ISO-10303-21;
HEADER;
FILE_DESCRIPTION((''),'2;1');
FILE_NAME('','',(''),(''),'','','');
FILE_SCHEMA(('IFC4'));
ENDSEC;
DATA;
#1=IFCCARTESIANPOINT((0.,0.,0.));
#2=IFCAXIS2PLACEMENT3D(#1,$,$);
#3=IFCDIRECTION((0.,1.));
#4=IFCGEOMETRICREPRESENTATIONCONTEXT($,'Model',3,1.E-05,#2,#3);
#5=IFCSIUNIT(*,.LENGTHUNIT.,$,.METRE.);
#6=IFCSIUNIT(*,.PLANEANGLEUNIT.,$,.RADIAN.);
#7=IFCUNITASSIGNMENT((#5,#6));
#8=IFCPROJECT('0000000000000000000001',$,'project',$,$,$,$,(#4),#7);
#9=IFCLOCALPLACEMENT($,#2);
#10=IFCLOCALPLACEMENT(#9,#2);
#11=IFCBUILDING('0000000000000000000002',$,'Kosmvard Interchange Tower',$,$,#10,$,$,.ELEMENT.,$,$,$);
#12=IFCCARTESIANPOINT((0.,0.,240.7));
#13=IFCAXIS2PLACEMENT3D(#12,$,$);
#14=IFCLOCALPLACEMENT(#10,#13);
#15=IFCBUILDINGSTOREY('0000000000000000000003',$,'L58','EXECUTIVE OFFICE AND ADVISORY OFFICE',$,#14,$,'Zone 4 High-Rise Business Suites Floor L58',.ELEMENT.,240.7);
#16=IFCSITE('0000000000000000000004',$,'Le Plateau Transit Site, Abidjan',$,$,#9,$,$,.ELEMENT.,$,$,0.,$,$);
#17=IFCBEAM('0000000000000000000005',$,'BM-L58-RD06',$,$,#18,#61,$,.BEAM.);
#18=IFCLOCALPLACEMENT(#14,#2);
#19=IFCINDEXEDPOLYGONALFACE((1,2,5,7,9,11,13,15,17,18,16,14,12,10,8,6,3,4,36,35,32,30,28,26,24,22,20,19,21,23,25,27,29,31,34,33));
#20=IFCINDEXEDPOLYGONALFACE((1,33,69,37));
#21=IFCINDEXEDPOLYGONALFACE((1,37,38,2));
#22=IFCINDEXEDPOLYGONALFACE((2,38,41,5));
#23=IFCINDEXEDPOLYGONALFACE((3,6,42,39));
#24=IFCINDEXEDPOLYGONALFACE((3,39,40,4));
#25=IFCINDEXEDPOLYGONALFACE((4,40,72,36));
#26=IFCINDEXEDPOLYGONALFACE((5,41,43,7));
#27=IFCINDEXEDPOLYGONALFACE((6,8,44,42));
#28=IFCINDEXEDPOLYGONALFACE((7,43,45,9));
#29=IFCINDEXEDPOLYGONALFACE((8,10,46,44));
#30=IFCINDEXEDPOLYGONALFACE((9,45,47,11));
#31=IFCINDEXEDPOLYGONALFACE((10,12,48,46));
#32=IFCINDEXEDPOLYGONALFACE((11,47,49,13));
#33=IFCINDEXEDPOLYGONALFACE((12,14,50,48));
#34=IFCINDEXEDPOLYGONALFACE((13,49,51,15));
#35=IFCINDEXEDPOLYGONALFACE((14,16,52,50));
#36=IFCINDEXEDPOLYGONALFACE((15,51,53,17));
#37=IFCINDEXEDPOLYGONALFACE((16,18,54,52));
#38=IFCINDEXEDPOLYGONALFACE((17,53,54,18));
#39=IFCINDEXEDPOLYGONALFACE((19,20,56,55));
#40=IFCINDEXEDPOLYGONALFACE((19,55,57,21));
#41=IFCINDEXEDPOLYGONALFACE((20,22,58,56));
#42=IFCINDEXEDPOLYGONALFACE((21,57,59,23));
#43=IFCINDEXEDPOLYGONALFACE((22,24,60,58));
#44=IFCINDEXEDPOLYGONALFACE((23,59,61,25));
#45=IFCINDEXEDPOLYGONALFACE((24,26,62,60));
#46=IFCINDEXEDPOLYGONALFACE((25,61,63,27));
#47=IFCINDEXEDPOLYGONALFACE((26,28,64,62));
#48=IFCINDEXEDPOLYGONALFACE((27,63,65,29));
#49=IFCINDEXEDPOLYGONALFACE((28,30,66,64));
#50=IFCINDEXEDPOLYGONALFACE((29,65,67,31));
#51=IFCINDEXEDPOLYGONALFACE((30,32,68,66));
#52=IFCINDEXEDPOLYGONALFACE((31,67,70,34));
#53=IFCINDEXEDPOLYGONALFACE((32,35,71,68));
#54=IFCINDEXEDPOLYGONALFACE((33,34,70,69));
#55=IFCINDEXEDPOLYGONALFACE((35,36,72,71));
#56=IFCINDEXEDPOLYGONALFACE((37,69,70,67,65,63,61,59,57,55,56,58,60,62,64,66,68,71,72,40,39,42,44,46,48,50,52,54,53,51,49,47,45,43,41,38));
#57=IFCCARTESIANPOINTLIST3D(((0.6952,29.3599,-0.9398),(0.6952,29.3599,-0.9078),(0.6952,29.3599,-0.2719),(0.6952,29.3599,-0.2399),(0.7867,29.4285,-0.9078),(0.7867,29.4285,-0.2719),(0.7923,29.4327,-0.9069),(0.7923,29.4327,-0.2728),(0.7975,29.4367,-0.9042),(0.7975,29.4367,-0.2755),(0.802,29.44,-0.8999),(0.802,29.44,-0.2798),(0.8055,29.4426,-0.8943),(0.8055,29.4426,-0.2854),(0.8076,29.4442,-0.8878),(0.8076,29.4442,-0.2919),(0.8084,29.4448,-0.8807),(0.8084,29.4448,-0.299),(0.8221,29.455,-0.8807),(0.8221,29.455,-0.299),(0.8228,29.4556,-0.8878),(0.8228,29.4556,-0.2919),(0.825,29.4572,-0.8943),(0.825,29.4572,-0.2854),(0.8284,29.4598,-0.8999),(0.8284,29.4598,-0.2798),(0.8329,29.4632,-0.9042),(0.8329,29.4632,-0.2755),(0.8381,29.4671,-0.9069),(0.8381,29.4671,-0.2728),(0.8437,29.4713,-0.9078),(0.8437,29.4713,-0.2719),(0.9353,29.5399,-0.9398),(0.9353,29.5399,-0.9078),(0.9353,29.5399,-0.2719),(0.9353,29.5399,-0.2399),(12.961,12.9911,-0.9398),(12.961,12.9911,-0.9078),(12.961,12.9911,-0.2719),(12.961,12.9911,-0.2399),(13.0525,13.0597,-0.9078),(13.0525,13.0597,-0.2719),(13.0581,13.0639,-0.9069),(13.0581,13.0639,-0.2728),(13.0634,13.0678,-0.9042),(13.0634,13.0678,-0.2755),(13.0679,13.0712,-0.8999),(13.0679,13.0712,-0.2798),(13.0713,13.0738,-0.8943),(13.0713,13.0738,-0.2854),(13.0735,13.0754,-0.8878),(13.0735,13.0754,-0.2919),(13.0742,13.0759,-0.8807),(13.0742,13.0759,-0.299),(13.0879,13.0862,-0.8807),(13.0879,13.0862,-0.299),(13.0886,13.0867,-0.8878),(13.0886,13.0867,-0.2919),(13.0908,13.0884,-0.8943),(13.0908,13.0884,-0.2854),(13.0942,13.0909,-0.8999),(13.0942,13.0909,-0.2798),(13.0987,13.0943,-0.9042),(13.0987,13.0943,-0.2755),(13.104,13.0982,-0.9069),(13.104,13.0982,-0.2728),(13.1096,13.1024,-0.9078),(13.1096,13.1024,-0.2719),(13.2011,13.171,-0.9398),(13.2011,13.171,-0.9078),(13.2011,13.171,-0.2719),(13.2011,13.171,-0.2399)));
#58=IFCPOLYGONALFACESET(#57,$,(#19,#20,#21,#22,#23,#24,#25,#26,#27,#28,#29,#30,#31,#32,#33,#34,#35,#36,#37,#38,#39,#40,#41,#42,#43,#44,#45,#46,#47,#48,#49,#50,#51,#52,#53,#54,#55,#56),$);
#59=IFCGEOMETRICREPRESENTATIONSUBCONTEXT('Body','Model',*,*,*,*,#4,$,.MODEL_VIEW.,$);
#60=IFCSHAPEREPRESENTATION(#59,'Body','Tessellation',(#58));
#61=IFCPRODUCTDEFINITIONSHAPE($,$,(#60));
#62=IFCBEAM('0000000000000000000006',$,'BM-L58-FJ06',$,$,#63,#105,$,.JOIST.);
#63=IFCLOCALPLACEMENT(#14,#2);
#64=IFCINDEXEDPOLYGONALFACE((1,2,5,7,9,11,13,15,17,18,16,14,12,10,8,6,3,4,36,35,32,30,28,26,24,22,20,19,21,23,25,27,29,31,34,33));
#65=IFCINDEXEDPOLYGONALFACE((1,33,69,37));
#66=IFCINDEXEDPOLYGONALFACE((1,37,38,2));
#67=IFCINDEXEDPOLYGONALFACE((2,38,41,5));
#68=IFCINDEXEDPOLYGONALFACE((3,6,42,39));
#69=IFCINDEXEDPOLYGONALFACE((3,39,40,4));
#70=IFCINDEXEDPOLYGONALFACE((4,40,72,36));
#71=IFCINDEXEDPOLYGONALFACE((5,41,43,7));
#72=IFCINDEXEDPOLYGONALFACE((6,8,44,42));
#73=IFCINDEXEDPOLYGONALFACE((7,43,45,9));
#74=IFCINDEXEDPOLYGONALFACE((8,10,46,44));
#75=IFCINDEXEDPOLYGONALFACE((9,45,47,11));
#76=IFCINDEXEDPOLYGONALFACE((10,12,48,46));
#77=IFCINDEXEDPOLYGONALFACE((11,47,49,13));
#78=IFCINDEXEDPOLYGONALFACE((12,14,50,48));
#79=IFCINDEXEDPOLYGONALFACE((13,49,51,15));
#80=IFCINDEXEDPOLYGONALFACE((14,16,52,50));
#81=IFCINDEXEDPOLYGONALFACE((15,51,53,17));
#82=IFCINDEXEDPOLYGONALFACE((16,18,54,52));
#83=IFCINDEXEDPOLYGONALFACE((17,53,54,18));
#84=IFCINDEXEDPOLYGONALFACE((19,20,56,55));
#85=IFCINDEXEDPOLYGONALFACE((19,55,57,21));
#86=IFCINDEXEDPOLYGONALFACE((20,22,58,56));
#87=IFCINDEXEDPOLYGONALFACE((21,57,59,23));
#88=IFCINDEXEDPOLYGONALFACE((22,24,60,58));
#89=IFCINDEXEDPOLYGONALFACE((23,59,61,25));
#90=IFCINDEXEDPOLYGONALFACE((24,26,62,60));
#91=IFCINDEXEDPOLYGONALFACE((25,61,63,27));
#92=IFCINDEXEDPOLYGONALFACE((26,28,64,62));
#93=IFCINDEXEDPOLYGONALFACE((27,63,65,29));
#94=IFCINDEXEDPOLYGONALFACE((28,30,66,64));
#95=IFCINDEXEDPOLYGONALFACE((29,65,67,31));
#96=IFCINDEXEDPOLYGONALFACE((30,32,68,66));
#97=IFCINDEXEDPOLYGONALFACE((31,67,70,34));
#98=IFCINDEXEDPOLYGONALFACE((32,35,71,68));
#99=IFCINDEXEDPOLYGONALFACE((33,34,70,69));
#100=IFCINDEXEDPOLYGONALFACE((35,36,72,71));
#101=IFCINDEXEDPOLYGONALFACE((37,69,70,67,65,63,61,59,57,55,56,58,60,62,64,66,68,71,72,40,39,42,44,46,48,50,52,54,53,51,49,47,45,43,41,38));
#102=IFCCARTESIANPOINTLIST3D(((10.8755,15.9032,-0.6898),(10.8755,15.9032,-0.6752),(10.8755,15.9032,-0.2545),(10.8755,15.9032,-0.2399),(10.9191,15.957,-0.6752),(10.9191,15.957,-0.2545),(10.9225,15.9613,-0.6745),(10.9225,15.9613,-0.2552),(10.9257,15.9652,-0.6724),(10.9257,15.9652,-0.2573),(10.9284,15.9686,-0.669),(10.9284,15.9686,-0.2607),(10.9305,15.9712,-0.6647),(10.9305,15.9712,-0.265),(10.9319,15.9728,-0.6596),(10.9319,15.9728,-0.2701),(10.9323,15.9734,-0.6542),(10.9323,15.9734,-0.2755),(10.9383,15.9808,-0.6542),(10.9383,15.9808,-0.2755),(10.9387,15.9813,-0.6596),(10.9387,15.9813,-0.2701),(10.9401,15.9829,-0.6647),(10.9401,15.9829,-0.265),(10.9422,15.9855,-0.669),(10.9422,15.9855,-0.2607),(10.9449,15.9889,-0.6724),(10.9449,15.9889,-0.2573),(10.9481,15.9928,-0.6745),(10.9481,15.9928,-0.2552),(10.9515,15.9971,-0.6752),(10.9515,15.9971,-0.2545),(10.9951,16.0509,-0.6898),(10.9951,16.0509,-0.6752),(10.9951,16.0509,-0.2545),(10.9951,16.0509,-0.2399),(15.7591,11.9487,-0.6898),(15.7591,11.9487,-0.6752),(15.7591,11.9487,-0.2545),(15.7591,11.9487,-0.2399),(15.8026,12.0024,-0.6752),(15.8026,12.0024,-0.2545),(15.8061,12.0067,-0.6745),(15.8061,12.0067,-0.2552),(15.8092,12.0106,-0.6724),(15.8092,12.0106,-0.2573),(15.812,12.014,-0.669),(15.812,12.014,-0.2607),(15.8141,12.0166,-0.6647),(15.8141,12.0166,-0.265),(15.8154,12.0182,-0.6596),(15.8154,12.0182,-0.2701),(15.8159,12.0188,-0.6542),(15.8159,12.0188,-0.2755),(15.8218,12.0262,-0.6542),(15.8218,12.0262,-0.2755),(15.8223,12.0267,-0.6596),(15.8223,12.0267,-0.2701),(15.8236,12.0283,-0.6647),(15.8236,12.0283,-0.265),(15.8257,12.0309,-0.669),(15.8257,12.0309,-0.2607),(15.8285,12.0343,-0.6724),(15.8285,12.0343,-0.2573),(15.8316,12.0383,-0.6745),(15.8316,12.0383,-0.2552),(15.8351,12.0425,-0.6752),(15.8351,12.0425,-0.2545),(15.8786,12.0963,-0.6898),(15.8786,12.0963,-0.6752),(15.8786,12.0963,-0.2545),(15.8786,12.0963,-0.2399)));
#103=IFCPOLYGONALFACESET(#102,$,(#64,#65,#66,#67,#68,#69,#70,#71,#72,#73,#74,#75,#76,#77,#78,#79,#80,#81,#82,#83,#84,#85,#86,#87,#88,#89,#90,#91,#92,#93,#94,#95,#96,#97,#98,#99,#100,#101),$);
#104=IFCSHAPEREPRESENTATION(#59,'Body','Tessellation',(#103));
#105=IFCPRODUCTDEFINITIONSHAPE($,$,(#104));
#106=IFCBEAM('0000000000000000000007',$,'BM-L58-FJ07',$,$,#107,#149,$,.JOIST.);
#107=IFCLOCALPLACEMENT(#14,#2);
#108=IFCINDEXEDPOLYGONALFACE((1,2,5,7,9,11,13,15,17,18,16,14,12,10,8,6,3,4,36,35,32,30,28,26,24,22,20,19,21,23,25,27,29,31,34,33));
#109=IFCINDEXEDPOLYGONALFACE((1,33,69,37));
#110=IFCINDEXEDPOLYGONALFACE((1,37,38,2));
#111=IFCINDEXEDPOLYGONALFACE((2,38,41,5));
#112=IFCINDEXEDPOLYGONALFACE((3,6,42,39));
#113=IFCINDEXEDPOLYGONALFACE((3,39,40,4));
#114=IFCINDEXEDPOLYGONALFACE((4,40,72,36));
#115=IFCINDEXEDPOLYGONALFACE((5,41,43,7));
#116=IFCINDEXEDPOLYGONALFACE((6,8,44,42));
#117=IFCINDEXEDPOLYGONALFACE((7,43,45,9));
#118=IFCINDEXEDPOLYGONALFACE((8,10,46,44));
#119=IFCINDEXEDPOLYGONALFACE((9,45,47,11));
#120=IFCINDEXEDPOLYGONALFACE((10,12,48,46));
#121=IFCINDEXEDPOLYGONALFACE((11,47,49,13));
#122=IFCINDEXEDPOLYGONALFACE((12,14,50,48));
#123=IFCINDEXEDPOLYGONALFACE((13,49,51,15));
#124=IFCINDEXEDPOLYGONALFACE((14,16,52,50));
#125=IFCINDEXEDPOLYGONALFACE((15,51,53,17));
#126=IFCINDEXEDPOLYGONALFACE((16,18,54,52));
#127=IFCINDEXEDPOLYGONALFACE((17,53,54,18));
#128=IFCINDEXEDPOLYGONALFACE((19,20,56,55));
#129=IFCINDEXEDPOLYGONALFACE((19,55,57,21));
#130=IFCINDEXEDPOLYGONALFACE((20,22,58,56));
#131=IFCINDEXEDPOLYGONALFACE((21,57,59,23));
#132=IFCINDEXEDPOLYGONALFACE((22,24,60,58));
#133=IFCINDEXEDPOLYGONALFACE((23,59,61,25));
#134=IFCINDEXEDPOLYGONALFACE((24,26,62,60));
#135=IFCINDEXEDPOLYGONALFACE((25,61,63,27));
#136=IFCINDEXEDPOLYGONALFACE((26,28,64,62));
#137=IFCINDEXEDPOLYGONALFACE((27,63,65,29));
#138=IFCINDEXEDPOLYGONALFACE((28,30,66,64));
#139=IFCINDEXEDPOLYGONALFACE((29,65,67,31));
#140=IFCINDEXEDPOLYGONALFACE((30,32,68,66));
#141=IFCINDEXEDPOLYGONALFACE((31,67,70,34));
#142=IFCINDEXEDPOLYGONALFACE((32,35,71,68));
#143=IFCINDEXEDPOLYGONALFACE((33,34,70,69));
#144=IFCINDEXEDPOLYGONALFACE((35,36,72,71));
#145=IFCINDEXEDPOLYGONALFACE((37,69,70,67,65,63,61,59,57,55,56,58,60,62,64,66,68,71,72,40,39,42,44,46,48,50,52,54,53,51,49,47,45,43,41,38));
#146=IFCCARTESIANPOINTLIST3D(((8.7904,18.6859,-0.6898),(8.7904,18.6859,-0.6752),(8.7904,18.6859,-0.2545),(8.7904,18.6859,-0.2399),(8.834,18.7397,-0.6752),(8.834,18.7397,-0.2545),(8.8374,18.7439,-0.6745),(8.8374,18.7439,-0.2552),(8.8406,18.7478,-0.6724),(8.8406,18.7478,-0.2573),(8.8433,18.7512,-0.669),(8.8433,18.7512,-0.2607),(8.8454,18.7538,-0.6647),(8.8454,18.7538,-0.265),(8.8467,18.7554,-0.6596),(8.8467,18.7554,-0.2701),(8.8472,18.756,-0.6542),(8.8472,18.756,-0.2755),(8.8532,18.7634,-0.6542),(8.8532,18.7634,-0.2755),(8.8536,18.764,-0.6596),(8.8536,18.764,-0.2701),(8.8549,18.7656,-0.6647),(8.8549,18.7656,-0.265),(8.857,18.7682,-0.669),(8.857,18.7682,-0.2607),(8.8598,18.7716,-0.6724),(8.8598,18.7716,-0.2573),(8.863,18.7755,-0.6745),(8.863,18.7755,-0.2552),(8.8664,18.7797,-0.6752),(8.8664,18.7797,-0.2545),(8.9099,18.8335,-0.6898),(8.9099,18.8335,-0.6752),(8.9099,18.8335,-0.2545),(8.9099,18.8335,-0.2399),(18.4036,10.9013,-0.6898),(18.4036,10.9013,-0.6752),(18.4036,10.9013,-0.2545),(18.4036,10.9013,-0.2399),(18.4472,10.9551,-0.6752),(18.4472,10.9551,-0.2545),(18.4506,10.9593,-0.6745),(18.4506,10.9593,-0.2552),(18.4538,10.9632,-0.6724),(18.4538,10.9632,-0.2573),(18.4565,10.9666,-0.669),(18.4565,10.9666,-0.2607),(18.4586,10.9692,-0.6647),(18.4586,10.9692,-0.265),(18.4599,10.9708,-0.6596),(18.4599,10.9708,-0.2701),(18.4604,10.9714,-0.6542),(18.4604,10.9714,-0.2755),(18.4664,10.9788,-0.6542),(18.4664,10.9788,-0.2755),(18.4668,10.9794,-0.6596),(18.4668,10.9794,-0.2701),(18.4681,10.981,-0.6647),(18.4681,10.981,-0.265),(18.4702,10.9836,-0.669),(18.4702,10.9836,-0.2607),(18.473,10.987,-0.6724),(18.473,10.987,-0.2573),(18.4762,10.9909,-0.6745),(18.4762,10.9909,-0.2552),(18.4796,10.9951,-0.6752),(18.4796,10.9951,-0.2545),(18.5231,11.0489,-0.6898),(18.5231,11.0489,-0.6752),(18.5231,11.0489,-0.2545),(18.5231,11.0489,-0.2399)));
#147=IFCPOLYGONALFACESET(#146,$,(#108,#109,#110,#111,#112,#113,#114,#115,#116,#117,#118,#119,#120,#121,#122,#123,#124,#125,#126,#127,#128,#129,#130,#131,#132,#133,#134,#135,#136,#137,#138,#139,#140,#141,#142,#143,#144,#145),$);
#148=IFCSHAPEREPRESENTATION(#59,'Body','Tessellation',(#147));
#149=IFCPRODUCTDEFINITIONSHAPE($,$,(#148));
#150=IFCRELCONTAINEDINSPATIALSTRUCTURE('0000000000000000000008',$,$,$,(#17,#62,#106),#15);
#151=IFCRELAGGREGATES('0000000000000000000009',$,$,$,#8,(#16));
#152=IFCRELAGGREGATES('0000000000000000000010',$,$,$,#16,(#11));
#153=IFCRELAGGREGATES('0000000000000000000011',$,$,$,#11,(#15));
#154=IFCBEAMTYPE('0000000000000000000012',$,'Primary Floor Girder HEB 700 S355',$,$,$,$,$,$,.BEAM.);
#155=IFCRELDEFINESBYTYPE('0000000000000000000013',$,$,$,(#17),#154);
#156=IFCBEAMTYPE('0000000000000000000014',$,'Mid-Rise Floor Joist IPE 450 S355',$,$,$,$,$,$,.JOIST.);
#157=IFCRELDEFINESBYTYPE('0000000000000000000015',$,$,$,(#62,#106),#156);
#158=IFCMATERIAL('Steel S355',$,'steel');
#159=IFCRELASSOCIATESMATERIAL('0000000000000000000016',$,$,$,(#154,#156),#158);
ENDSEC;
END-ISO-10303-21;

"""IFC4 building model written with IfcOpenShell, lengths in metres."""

from ifc_helpers import new_model, si_unit, direction, frame, origin, origin_2d, place, context, subcontext, project, spatial, i_section, extrude, source, transform, mapped, material, material_profile, profile_set, type_object, element, save


model = new_model("IFC4")

# Units and contexts
model_context = context("Model", 3, precision=1e-05, world=origin(), true_north=direction((0.0, 1.0)))
body_context = subcontext(model_context, "Body", "Model", "MODEL_VIEW")
ifc_project = project(units=[si_unit("LENGTHUNIT", "METRE"), si_unit("PLANEANGLEUNIT", "RADIAN")], contexts=[model_context])

# Site, building, storey
site_placement = place(None, origin())
site = spatial("IfcSite", under=ifc_project, at=site_placement, Name="Le Plateau Transit Site, Abidjan", CompositionType="ELEMENT", RefElevation=0.0)
building_placement = place(site_placement, origin())
building = spatial("IfcBuilding", under=site, at=building_placement, Name="Kosmvard Interchange Tower", CompositionType="ELEMENT")
storey_placement = place(building_placement, frame((0.0, 0.0, 240.7)))
storey = spatial("IfcBuildingStorey", under=building, at=storey_placement, Name="L58", Description="EXECUTIVE OFFICE AND ADVISORY OFFICE", LongName="Zone 4 High-Rise Business Suites Floor L58", CompositionType="ELEMENT", Elevation=240.7)

# Beams
ifc_material_1 = material(Name="Steel S355", Category="steel")
ifc_material_profile_1 = material_profile(ifc_material_1, i_section(OverallWidth=0.3, OverallDepth=0.7, WebThickness=0.0171, FlangeThickness=0.032, FilletRadius=0.0271, at=origin_2d()), Name="HEB 700")
ifc_profile_set_1 = profile_set([ifc_material_profile_1], Name="Steel S355")
beam_type_1 = type_object("IfcBeamType", Name="Primary Floor Girder HEB 700 S355", PredefinedType="BEAM", material=ifc_profile_set_1)
shared_shape_1 = source(origin(), body_context, "Body", "SweptSolid", [
    extrude(i_section(OverallWidth=0.3, OverallDepth=0.7, WebThickness=0.0171, FlangeThickness=0.032, FilletRadius=0.0271, at=origin_2d()), origin(), (0.0, 0.0, 1.0), 20.4546),
])
beam_1_placement = place(storey_placement, frame((13.0811, 13.0811, -0.5898), z_axis=(-0.599662, 0.800253, 0.0), x_axis=(-0.800253, -0.599662, 0.0)))
element("IfcBeam", 1, at=beam_1_placement, inside=storey, type_object=beam_type_1, Name="BM-L58-RD06", PredefinedType="BEAM", context=body_context, shape_type="MappedRepresentation", body=[
    mapped(shared_shape_1, transform((0.0, 0.0, 0.0), scale=1.0)),
])
ifc_material_profile_2 = material_profile(ifc_material_1, i_section(OverallWidth=0.1899, OverallDepth=0.45, WebThickness=0.0095, FlangeThickness=0.0146, FilletRadius=0.021, at=origin_2d()), Name="IPE 450")
ifc_profile_set_2 = profile_set([ifc_material_profile_2], Name="Steel S355")
beam_type_2 = type_object("IfcBeamType", Name="Mid-Rise Floor Joist IPE 450 S355", PredefinedType="JOIST", material=ifc_profile_set_2)
shared_shape_2 = source(origin(), body_context, "Body", "SweptSolid", [
    extrude(i_section(OverallWidth=0.1899, OverallDepth=0.45, WebThickness=0.0095, FlangeThickness=0.0146, FilletRadius=0.021, at=origin_2d()), origin(), (0.0, 0.0, 1.0), 6.2839),
])
beam_2_placement = place(storey_placement, frame((15.8188, 12.0225, -0.4648), z_axis=(-0.777148, 0.629318, 0.0), x_axis=(-0.629318, -0.777148, 0.0)))
element("IfcBeam", 2, at=beam_2_placement, inside=storey, type_object=beam_type_2, Name="BM-L58-FJ06", PredefinedType="JOIST", context=body_context, shape_type="MappedRepresentation", body=[
    mapped(shared_shape_2, transform((0.0, 0.0, 0.0), scale=1.0)),
])
shared_shape_3 = source(origin(), body_context, "Body", "SweptSolid", [
    extrude(i_section(OverallWidth=0.1899, OverallDepth=0.45, WebThickness=0.0095, FlangeThickness=0.0146, FilletRadius=0.021, at=origin_2d()), origin(), (0.0, 0.0, 1.0), 12.3699),
])
beam_3_placement = place(storey_placement, frame((18.4634, 10.9751, -0.4648), z_axis=(-0.777147, 0.62932, 0.0), x_axis=(-0.62932, -0.777147, 0.0)))
element("IfcBeam", 3, at=beam_3_placement, inside=storey, type_object=beam_type_2, Name="BM-L58-FJ07", PredefinedType="JOIST", context=body_context, shape_type="MappedRepresentation", body=[
    mapped(shared_shape_3, transform((0.0, 0.0, 0.0), scale=1.0)),
])

save(model, "model.ifc")
